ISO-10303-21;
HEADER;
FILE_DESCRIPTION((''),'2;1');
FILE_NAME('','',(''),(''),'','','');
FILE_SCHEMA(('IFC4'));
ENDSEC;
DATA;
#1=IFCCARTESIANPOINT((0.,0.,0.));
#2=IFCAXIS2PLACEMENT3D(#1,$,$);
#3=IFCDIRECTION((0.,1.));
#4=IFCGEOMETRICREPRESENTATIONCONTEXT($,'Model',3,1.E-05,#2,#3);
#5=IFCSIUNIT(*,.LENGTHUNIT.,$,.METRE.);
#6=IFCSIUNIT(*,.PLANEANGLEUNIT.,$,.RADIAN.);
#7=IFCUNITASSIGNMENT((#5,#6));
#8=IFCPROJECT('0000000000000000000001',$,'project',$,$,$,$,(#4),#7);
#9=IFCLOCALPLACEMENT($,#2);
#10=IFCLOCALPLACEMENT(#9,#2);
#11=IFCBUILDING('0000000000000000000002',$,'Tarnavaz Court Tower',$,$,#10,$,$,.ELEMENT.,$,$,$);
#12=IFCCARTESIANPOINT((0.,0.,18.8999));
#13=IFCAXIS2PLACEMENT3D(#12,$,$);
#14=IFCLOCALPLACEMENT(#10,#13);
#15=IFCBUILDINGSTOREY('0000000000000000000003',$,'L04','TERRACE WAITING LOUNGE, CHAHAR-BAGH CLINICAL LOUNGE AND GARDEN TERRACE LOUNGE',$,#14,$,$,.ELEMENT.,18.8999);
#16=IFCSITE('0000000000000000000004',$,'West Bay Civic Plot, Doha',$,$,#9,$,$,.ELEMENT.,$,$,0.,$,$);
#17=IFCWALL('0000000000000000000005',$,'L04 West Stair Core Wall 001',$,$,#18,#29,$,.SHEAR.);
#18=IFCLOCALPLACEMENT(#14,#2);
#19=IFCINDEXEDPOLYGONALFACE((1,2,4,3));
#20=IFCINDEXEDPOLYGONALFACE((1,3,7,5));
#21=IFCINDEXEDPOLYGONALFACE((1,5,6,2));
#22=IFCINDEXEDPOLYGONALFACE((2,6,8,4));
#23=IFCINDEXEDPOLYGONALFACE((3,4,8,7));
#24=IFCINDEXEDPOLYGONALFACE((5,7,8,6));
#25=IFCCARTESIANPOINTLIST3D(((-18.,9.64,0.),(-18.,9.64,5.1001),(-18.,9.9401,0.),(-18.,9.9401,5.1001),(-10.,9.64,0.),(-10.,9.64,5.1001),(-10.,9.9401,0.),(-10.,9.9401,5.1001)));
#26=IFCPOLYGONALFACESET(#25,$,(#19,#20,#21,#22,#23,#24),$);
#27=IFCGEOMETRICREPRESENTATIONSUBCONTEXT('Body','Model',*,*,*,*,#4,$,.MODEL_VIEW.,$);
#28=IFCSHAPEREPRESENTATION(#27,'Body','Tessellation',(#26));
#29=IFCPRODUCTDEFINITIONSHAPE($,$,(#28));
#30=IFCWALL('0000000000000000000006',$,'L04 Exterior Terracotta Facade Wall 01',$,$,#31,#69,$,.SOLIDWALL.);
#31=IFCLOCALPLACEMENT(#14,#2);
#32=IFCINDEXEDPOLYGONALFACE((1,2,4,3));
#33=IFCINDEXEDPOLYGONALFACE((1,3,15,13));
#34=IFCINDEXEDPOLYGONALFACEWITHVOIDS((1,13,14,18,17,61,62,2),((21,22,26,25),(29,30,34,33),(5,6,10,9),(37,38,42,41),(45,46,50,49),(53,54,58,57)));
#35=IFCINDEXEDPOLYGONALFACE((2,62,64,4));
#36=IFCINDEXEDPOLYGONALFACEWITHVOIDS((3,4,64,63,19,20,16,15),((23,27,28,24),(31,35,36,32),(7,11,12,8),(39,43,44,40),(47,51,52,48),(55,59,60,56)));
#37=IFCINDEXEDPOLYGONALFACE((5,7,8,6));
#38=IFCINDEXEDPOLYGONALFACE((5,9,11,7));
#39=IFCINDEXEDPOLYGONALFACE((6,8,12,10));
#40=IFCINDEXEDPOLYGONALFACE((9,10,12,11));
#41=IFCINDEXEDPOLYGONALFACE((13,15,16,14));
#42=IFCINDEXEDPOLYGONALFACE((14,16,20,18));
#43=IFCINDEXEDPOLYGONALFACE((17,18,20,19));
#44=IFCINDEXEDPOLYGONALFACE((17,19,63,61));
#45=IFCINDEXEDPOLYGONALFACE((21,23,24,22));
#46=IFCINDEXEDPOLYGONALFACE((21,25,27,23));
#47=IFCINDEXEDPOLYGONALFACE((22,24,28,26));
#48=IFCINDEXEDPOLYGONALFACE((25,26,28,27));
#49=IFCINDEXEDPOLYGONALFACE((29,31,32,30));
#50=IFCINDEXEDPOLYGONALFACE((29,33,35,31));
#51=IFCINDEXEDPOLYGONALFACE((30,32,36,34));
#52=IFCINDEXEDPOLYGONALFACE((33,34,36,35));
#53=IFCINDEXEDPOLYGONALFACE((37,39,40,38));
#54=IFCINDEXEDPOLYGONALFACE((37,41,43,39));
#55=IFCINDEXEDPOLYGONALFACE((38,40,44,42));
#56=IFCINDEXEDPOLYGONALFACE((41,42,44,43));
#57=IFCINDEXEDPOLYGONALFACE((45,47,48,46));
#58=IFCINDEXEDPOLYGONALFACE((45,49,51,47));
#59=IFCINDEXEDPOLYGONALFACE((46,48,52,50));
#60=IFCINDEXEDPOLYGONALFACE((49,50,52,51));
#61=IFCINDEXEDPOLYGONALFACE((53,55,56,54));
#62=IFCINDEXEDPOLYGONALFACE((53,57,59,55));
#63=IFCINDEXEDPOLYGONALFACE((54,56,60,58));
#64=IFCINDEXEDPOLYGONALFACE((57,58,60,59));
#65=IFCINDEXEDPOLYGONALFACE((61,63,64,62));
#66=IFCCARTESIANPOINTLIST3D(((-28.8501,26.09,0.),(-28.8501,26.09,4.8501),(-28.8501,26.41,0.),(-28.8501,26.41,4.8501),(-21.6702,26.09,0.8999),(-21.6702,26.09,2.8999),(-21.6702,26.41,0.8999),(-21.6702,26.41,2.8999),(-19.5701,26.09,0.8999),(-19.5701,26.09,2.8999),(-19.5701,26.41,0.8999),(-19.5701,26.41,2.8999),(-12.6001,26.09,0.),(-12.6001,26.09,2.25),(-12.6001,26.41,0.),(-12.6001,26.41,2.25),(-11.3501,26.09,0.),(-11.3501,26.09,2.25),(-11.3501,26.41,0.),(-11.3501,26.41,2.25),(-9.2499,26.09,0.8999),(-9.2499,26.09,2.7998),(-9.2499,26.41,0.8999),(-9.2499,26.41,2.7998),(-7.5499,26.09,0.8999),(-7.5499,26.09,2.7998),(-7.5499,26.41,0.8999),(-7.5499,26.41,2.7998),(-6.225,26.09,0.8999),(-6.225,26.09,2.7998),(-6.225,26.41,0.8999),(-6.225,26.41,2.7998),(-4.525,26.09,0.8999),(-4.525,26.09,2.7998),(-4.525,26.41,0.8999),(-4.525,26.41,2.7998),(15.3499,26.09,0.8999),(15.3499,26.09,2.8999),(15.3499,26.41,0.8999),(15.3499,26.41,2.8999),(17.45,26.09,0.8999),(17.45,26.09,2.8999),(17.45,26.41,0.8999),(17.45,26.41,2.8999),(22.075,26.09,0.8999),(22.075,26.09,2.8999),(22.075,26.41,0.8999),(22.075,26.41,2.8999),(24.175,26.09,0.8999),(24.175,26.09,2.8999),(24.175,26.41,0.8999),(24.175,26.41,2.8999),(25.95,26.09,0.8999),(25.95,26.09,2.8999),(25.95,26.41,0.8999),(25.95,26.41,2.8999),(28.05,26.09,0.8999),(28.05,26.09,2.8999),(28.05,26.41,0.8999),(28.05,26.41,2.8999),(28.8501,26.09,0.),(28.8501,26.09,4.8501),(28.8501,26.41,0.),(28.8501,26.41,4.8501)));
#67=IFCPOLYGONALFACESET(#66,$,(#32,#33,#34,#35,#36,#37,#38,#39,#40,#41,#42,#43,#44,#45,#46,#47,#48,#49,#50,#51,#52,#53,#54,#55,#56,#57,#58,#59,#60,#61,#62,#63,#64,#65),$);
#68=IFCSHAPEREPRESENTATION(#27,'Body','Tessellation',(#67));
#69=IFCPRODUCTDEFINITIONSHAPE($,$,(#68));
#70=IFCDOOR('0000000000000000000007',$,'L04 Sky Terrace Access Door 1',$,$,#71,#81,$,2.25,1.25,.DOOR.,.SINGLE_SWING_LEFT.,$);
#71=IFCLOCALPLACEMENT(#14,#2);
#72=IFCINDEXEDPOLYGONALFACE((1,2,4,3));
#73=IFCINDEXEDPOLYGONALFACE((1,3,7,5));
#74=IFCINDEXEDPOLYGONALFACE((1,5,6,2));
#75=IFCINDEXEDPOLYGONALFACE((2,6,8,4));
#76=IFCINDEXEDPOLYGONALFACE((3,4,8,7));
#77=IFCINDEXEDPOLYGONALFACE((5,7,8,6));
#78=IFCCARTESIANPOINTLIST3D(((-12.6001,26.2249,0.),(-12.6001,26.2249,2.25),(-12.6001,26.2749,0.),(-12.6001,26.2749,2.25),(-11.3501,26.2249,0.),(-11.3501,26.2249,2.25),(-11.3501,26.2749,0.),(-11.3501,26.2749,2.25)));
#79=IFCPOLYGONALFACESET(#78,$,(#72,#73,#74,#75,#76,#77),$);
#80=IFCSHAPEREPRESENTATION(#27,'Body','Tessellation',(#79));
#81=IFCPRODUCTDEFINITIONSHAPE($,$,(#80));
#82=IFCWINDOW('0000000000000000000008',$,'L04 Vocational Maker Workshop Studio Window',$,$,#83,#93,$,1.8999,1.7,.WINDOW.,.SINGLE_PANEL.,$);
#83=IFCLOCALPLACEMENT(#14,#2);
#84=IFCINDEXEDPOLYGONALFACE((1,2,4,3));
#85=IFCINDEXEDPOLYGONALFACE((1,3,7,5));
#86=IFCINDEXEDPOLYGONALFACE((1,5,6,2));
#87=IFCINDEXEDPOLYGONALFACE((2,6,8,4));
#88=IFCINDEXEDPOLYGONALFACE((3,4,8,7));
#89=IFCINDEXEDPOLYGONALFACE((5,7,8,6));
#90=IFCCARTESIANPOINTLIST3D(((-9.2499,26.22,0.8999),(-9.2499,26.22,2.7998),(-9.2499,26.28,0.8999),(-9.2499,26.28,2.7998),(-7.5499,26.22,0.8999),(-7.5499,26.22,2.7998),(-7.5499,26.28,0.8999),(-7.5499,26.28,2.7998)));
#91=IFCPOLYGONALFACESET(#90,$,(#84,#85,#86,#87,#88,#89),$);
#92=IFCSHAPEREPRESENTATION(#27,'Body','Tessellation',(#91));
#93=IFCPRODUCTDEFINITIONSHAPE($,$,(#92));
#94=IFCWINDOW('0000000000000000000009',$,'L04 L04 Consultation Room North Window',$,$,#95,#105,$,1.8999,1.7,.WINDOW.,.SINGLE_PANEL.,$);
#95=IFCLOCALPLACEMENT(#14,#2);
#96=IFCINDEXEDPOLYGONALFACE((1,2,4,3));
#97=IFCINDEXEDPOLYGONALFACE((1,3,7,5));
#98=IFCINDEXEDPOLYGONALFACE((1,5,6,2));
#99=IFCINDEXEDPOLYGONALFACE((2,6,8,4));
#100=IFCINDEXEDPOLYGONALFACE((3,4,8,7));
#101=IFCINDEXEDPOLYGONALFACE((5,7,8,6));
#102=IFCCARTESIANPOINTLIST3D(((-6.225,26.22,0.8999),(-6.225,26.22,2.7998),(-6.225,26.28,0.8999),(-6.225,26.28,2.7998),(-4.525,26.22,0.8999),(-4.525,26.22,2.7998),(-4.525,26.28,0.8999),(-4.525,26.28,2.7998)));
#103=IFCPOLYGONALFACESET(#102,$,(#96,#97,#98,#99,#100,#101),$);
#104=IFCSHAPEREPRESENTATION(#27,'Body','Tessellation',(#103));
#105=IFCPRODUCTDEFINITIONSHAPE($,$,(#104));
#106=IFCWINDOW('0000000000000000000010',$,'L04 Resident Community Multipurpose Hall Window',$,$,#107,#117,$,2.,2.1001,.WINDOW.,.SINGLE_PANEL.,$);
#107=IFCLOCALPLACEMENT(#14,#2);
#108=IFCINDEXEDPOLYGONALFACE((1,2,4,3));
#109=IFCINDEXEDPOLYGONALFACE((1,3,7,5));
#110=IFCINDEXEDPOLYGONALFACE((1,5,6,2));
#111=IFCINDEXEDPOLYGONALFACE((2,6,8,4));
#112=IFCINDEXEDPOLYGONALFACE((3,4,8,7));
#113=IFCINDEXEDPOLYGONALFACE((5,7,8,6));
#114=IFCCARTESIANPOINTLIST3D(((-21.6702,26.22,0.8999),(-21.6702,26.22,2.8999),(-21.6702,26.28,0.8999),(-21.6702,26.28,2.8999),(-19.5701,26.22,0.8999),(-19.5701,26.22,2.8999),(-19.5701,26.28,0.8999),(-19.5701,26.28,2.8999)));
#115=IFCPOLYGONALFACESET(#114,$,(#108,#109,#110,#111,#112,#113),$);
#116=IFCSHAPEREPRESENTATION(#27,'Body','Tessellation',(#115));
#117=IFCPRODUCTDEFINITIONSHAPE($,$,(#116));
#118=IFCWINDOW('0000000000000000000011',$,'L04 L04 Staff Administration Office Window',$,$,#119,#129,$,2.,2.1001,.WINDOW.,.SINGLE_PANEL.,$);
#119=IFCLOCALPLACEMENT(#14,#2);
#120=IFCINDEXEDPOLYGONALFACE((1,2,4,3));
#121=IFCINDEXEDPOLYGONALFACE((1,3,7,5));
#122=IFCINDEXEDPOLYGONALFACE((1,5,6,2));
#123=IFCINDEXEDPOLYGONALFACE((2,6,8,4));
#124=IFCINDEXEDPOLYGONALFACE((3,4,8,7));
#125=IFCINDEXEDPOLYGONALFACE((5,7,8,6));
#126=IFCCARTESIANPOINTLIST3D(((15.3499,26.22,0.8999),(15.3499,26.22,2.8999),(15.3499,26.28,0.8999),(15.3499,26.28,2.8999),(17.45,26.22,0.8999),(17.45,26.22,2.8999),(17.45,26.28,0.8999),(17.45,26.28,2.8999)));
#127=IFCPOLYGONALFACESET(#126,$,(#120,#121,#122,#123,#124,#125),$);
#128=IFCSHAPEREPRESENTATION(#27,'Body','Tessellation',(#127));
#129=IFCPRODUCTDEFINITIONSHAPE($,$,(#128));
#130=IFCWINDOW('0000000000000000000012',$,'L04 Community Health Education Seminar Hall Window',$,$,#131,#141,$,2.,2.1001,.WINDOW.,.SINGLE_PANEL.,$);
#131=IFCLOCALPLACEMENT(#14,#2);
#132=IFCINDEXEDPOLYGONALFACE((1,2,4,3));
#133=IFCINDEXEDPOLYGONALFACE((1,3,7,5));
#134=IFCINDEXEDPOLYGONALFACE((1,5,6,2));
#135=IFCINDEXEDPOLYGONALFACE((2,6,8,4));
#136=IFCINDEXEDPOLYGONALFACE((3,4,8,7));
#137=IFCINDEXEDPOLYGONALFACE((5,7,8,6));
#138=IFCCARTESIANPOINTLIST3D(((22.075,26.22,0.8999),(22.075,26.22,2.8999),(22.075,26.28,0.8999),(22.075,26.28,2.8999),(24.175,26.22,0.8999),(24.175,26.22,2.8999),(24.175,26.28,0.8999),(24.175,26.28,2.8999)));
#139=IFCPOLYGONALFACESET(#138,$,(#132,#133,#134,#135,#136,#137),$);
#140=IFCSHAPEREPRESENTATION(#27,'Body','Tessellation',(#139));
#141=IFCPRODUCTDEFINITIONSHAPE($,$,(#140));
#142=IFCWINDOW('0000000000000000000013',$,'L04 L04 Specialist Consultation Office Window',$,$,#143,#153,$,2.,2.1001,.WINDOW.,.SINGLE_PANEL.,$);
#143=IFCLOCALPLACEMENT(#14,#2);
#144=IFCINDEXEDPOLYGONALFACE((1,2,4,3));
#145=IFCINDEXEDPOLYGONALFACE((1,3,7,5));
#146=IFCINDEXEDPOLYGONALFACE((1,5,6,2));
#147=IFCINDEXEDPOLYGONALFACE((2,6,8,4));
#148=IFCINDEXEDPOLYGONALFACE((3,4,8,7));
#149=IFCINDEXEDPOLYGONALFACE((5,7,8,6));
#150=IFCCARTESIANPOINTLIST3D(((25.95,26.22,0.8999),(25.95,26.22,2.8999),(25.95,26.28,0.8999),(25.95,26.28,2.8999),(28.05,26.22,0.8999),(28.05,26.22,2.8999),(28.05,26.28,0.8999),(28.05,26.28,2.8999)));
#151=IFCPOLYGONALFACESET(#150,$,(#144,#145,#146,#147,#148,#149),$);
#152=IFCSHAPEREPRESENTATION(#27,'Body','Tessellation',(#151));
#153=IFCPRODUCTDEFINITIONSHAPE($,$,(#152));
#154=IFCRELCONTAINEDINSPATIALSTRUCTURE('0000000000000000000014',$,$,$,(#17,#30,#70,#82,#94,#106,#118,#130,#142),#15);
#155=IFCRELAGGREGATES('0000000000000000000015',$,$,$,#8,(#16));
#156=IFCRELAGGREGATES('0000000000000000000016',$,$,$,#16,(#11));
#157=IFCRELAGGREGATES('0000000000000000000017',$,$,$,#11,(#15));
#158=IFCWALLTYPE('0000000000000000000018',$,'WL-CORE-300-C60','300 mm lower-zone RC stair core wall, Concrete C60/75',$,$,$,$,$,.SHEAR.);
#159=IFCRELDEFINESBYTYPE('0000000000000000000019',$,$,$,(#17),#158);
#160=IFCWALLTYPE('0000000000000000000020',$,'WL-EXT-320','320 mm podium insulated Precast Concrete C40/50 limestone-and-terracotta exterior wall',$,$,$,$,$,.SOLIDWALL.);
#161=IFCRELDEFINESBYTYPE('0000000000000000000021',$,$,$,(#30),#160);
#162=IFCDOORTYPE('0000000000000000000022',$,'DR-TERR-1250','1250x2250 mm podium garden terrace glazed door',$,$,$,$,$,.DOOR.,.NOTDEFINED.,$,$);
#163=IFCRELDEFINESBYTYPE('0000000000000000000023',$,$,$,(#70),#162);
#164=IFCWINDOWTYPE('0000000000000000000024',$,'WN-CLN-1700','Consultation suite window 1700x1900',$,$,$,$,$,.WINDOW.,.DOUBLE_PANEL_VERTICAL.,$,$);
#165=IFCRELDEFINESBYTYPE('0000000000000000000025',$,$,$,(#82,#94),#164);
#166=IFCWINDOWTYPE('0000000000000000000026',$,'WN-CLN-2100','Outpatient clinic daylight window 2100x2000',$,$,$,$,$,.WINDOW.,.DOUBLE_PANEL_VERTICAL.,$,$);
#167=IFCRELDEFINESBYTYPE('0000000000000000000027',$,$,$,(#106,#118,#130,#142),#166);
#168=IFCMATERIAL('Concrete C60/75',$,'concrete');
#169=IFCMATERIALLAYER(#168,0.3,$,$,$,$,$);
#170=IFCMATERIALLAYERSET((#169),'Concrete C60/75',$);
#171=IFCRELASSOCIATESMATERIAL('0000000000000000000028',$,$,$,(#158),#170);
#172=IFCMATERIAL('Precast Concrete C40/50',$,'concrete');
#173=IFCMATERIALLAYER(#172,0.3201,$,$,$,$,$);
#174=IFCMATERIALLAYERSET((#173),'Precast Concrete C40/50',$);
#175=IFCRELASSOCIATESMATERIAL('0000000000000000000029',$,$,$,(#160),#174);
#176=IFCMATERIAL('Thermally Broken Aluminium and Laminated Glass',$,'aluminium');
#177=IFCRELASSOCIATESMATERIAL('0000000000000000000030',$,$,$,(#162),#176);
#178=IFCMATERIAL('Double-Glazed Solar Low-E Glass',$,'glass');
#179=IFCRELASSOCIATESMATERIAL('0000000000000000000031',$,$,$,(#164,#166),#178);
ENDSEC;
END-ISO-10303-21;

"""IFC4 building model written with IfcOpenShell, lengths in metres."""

from ifc_helpers import new_model, si_unit, direction, frame, frame_2d, origin, place, context, subcontext, project, spatial, rectangle, extrude, material, layer, layer_set, type_object, element, fill, save


model = new_model("IFC4")

# Units and contexts
model_context = context("Model", 3, precision=1e-05, world=origin(), true_north=direction((0.0, 1.0)))
body_context = subcontext(model_context, "Body", "Model", "MODEL_VIEW")
ifc_project = project(units=[si_unit("LENGTHUNIT", "METRE"), si_unit("PLANEANGLEUNIT", "RADIAN")], contexts=[model_context])

# Site, building, storey
site_placement = place(None, origin())
site = spatial("IfcSite", under=ifc_project, at=site_placement, Name="West Bay Civic Plot, Doha", CompositionType="ELEMENT", RefElevation=0.0)
building_placement = place(site_placement, origin())
building = spatial("IfcBuilding", under=site, at=building_placement, Name="Tarnavaz Court Tower", CompositionType="ELEMENT")
storey_placement = place(building_placement, frame((0.0, 0.0, 18.8999)))
storey = spatial("IfcBuildingStorey", under=building, at=storey_placement, Name="L04", Description="TERRACE WAITING LOUNGE, CHAHAR-BAGH CLINICAL LOUNGE AND GARDEN TERRACE LOUNGE", CompositionType="ELEMENT", Elevation=18.8999)

# Shared definitions
ifc_material_1 = material(Name="Concrete C60/75", Category="concrete")

# Wall
ifc_layer_1 = layer(ifc_material_1, 0.3)
ifc_layer_set_1 = layer_set([ifc_layer_1], Name="Concrete C60/75")
wall_type_1 = type_object("IfcWallType", Name="WL-CORE-300-C60", Description="300 mm lower-zone RC stair core wall, Concrete C60/75", PredefinedType="SHEAR", material=ifc_layer_set_1)
wall_1_placement = place(storey_placement, frame((-18.0, 9.79, 0.0), z_axis=(0.0, 0.0, 1.0), x_axis=(1.0, 0.0, 0.0)))
element("IfcWall", 1, at=wall_1_placement, inside=storey, type_object=wall_type_1, Name="L04 West Stair Core Wall 001", PredefinedType="SHEAR", context=body_context, shape_type="SweptSolid", body=[
    extrude(rectangle(XDim=8.0, YDim=0.3, at=frame_2d((4.0, 0.0))), origin(), (0.0, 0.0, 1.0), 5.1001),
])

# Wall, openings, door, windows
ifc_material_2 = material(Name="Precast Concrete C40/50", Category="concrete")
ifc_layer_2 = layer(ifc_material_2, 0.3201)
ifc_layer_set_2 = layer_set([ifc_layer_2], Name="Precast Concrete C40/50")
wall_type_2 = type_object("IfcWallType", Name="WL-EXT-320", Description="320 mm podium insulated Precast Concrete C40/50 limestone-and-terracotta exterior wall", PredefinedType="SOLIDWALL", material=ifc_layer_set_2)
wall_2_placement = place(storey_placement, frame((-28.8501, 26.25, 0.0), z_axis=(0.0, 0.0, 1.0), x_axis=(1.0, 0.0, 0.0)))
wall_2 = element("IfcWall", 2, at=wall_2_placement, inside=storey, type_object=wall_type_2, Name="L04 Exterior Terracotta Facade Wall 01", PredefinedType="SOLIDWALL", context=body_context, shape_type="SweptSolid", body=[
    extrude(rectangle(XDim=57.7002, YDim=0.3201, at=frame_2d((28.8501, 0.0))), origin(), (0.0, 0.0, 1.0), 4.8501),
])
opening_1_placement = place(wall_2_placement, frame((16.25, 0.0, 0.0)))
opening_1 = element("IfcOpeningElement", 3, at=opening_1_placement, cuts=wall_2, PredefinedType="OPENING", context=body_context, shape_type="SweptSolid", body=[
    extrude(rectangle(XDim=1.25, YDim=2.25, at=frame_2d((0.625, 1.125))), frame((0.0, 0.1699, 0.0), z_axis=(0.0, -1.0, 0.0), x_axis=(1.0, 0.0, 0.0)), (0.0, 0.0, 1.0), 0.3401),
])
opening_2_placement = place(wall_2_placement, frame((7.1799, 0.0, 0.8999)))
opening_2 = element("IfcOpeningElement", 4, at=opening_2_placement, cuts=wall_2, PredefinedType="OPENING", context=body_context, shape_type="SweptSolid", body=[
    extrude(rectangle(XDim=2.1001, YDim=2.0, at=frame_2d((1.05, 1.0))), frame((0.0, 0.1699, 0.0), z_axis=(0.0, -1.0, 0.0), x_axis=(1.0, 0.0, 0.0)), (0.0, 0.0, 1.0), 0.3401),
])
opening_3_placement = place(wall_2_placement, frame((19.6001, 0.0, 0.8999)))
opening_3 = element("IfcOpeningElement", 5, at=opening_3_placement, cuts=wall_2, PredefinedType="OPENING", context=body_context, shape_type="SweptSolid", body=[
    extrude(rectangle(XDim=1.7, YDim=1.8999, at=frame_2d((0.8501, 0.95))), frame((0.0, 0.1699, 0.0), z_axis=(0.0, -1.0, 0.0), x_axis=(1.0, 0.0, 0.0)), (0.0, 0.0, 1.0), 0.3401),
])
opening_4_placement = place(wall_2_placement, frame((22.625, 0.0, 0.8999)))
opening_4 = element("IfcOpeningElement", 6, at=opening_4_placement, cuts=wall_2, PredefinedType="OPENING", context=body_context, shape_type="SweptSolid", body=[
    extrude(rectangle(XDim=1.7, YDim=1.8999, at=frame_2d((0.8501, 0.95))), frame((0.0, 0.1699, 0.0), z_axis=(0.0, -1.0, 0.0), x_axis=(1.0, 0.0, 0.0)), (0.0, 0.0, 1.0), 0.3401),
])
opening_5_placement = place(wall_2_placement, frame((44.2, 0.0, 0.8999)))
opening_5 = element("IfcOpeningElement", 7, at=opening_5_placement, cuts=wall_2, PredefinedType="OPENING", context=body_context, shape_type="SweptSolid", body=[
    extrude(rectangle(XDim=2.1001, YDim=2.0, at=frame_2d((1.05, 1.0))), frame((0.0, 0.1699, 0.0), z_axis=(0.0, -1.0, 0.0), x_axis=(1.0, 0.0, 0.0)), (0.0, 0.0, 1.0), 0.3401),
])
opening_6_placement = place(wall_2_placement, frame((50.925, 0.0, 0.8999)))
opening_6 = element("IfcOpeningElement", 8, at=opening_6_placement, cuts=wall_2, PredefinedType="OPENING", context=body_context, shape_type="SweptSolid", body=[
    extrude(rectangle(XDim=2.1001, YDim=2.0, at=frame_2d((1.05, 1.0))), frame((0.0, 0.1699, 0.0), z_axis=(0.0, -1.0, 0.0), x_axis=(1.0, 0.0, 0.0)), (0.0, 0.0, 1.0), 0.3401),
])
opening_7_placement = place(wall_2_placement, frame((54.8, 0.0, 0.8999)))
opening_7 = element("IfcOpeningElement", 9, at=opening_7_placement, cuts=wall_2, PredefinedType="OPENING", context=body_context, shape_type="SweptSolid", body=[
    extrude(rectangle(XDim=2.1001, YDim=2.0, at=frame_2d((1.05, 1.0))), frame((0.0, 0.1699, 0.0), z_axis=(0.0, -1.0, 0.0), x_axis=(1.0, 0.0, 0.0)), (0.0, 0.0, 1.0), 0.3401),
])
ifc_material_3 = material(Name="Thermally Broken Aluminium and Laminated Glass", Category="aluminium")
door_type_1 = type_object("IfcDoorType", Name="DR-TERR-1250", Description="1250x2250 mm podium garden terrace glazed door", OperationType="NOTDEFINED", PredefinedType="DOOR", material=ifc_material_3)
door_1_placement = place(opening_1_placement, origin())
door_1 = element("IfcDoor", 10, at=door_1_placement, inside=storey, type_object=door_type_1, Name="L04 Sky Terrace Access Door 1", OperationType="SINGLE_SWING_LEFT", OverallHeight=2.25, OverallWidth=1.25, PredefinedType="DOOR", context=body_context, shape_type="SweptSolid", body=[
    extrude(rectangle(XDim=1.25, YDim=2.25, at=frame_2d((0.625, 1.125))), frame((0.0, 0.0249, 0.0), z_axis=(0.0, -1.0, 0.0), x_axis=(1.0, 0.0, 0.0)), (0.0, 0.0, 1.0), 0.05),
])
fill(opening_1, door_1)
ifc_material_4 = material(Name="Double-Glazed Solar Low-E Glass", Category="glass")
window_type_1 = type_object("IfcWindowType", Name="WN-CLN-1700", Description="Consultation suite window 1700x1900", PartitioningType="DOUBLE_PANEL_VERTICAL", PredefinedType="WINDOW", material=ifc_material_4)
window_1_placement = place(opening_3_placement, origin())
window_1 = element("IfcWindow", 11, at=window_1_placement, inside=storey, type_object=window_type_1, Name="L04 Vocational Maker Workshop Studio Window", OverallHeight=1.8999, OverallWidth=1.7, PartitioningType="SINGLE_PANEL", PredefinedType="WINDOW", context=body_context, shape_type="SweptSolid", body=[
    extrude(rectangle(XDim=1.7, YDim=1.8999, at=frame_2d((0.8501, 0.95))), frame((0.0, 0.03, 0.0), z_axis=(0.0, -1.0, 0.0), x_axis=(1.0, 0.0, 0.0)), (0.0, 0.0, 1.0), 0.0601),
])
fill(opening_3, window_1)
window_2_placement = place(opening_4_placement, origin())
window_2 = element("IfcWindow", 12, at=window_2_placement, inside=storey, type_object=window_type_1, Name="L04 L04 Consultation Room North Window", OverallHeight=1.8999, OverallWidth=1.7, PartitioningType="SINGLE_PANEL", PredefinedType="WINDOW", context=body_context, shape_type="SweptSolid", body=[
    extrude(rectangle(XDim=1.7, YDim=1.8999, at=frame_2d((0.8501, 0.95))), frame((0.0, 0.03, 0.0), z_axis=(0.0, -1.0, 0.0), x_axis=(1.0, 0.0, 0.0)), (0.0, 0.0, 1.0), 0.0601),
])
fill(opening_4, window_2)
window_type_2 = type_object("IfcWindowType", Name="WN-CLN-2100", Description="Outpatient clinic daylight window 2100x2000", PartitioningType="DOUBLE_PANEL_VERTICAL", PredefinedType="WINDOW", material=ifc_material_4)
window_3_placement = place(opening_2_placement, origin())
window_3 = element("IfcWindow", 13, at=window_3_placement, inside=storey, type_object=window_type_2, Name="L04 Resident Community Multipurpose Hall Window", OverallHeight=2.0, OverallWidth=2.1001, PartitioningType="SINGLE_PANEL", PredefinedType="WINDOW", context=body_context, shape_type="SweptSolid", body=[
    extrude(rectangle(XDim=2.1001, YDim=2.0, at=frame_2d((1.05, 1.0))), frame((0.0, 0.03, 0.0), z_axis=(0.0, -1.0, 0.0), x_axis=(1.0, 0.0, 0.0)), (0.0, 0.0, 1.0), 0.0601),
])
fill(opening_2, window_3)
window_4_placement = place(opening_5_placement, origin())
window_4 = element("IfcWindow", 14, at=window_4_placement, inside=storey, type_object=window_type_2, Name="L04 L04 Staff Administration Office Window", OverallHeight=2.0, OverallWidth=2.1001, PartitioningType="SINGLE_PANEL", PredefinedType="WINDOW", context=body_context, shape_type="SweptSolid", body=[
    extrude(rectangle(XDim=2.1001, YDim=2.0, at=frame_2d((1.05, 1.0))), frame((0.0, 0.03, 0.0), z_axis=(0.0, -1.0, 0.0), x_axis=(1.0, 0.0, 0.0)), (0.0, 0.0, 1.0), 0.0601),
])
fill(opening_5, window_4)
window_5_placement = place(opening_6_placement, origin())
window_5 = element("IfcWindow", 15, at=window_5_placement, inside=storey, type_object=window_type_2, Name="L04 Community Health Education Seminar Hall Window", OverallHeight=2.0, OverallWidth=2.1001, PartitioningType="SINGLE_PANEL", PredefinedType="WINDOW", context=body_context, shape_type="SweptSolid", body=[
    extrude(rectangle(XDim=2.1001, YDim=2.0, at=frame_2d((1.05, 1.0))), frame((0.0, 0.03, 0.0), z_axis=(0.0, -1.0, 0.0), x_axis=(1.0, 0.0, 0.0)), (0.0, 0.0, 1.0), 0.0601),
])
fill(opening_6, window_5)
window_6_placement = place(opening_7_placement, origin())
window_6 = element("IfcWindow", 16, at=window_6_placement, inside=storey, type_object=window_type_2, Name="L04 L04 Specialist Consultation Office Window", OverallHeight=2.0, OverallWidth=2.1001, PartitioningType="SINGLE_PANEL", PredefinedType="WINDOW", context=body_context, shape_type="SweptSolid", body=[
    extrude(rectangle(XDim=2.1001, YDim=2.0, at=frame_2d((1.05, 1.0))), frame((0.0, 0.03, 0.0), z_axis=(0.0, -1.0, 0.0), x_axis=(1.0, 0.0, 0.0)), (0.0, 0.0, 1.0), 0.0601),
])
fill(opening_7, window_6)

save(model, "model.ifc")
